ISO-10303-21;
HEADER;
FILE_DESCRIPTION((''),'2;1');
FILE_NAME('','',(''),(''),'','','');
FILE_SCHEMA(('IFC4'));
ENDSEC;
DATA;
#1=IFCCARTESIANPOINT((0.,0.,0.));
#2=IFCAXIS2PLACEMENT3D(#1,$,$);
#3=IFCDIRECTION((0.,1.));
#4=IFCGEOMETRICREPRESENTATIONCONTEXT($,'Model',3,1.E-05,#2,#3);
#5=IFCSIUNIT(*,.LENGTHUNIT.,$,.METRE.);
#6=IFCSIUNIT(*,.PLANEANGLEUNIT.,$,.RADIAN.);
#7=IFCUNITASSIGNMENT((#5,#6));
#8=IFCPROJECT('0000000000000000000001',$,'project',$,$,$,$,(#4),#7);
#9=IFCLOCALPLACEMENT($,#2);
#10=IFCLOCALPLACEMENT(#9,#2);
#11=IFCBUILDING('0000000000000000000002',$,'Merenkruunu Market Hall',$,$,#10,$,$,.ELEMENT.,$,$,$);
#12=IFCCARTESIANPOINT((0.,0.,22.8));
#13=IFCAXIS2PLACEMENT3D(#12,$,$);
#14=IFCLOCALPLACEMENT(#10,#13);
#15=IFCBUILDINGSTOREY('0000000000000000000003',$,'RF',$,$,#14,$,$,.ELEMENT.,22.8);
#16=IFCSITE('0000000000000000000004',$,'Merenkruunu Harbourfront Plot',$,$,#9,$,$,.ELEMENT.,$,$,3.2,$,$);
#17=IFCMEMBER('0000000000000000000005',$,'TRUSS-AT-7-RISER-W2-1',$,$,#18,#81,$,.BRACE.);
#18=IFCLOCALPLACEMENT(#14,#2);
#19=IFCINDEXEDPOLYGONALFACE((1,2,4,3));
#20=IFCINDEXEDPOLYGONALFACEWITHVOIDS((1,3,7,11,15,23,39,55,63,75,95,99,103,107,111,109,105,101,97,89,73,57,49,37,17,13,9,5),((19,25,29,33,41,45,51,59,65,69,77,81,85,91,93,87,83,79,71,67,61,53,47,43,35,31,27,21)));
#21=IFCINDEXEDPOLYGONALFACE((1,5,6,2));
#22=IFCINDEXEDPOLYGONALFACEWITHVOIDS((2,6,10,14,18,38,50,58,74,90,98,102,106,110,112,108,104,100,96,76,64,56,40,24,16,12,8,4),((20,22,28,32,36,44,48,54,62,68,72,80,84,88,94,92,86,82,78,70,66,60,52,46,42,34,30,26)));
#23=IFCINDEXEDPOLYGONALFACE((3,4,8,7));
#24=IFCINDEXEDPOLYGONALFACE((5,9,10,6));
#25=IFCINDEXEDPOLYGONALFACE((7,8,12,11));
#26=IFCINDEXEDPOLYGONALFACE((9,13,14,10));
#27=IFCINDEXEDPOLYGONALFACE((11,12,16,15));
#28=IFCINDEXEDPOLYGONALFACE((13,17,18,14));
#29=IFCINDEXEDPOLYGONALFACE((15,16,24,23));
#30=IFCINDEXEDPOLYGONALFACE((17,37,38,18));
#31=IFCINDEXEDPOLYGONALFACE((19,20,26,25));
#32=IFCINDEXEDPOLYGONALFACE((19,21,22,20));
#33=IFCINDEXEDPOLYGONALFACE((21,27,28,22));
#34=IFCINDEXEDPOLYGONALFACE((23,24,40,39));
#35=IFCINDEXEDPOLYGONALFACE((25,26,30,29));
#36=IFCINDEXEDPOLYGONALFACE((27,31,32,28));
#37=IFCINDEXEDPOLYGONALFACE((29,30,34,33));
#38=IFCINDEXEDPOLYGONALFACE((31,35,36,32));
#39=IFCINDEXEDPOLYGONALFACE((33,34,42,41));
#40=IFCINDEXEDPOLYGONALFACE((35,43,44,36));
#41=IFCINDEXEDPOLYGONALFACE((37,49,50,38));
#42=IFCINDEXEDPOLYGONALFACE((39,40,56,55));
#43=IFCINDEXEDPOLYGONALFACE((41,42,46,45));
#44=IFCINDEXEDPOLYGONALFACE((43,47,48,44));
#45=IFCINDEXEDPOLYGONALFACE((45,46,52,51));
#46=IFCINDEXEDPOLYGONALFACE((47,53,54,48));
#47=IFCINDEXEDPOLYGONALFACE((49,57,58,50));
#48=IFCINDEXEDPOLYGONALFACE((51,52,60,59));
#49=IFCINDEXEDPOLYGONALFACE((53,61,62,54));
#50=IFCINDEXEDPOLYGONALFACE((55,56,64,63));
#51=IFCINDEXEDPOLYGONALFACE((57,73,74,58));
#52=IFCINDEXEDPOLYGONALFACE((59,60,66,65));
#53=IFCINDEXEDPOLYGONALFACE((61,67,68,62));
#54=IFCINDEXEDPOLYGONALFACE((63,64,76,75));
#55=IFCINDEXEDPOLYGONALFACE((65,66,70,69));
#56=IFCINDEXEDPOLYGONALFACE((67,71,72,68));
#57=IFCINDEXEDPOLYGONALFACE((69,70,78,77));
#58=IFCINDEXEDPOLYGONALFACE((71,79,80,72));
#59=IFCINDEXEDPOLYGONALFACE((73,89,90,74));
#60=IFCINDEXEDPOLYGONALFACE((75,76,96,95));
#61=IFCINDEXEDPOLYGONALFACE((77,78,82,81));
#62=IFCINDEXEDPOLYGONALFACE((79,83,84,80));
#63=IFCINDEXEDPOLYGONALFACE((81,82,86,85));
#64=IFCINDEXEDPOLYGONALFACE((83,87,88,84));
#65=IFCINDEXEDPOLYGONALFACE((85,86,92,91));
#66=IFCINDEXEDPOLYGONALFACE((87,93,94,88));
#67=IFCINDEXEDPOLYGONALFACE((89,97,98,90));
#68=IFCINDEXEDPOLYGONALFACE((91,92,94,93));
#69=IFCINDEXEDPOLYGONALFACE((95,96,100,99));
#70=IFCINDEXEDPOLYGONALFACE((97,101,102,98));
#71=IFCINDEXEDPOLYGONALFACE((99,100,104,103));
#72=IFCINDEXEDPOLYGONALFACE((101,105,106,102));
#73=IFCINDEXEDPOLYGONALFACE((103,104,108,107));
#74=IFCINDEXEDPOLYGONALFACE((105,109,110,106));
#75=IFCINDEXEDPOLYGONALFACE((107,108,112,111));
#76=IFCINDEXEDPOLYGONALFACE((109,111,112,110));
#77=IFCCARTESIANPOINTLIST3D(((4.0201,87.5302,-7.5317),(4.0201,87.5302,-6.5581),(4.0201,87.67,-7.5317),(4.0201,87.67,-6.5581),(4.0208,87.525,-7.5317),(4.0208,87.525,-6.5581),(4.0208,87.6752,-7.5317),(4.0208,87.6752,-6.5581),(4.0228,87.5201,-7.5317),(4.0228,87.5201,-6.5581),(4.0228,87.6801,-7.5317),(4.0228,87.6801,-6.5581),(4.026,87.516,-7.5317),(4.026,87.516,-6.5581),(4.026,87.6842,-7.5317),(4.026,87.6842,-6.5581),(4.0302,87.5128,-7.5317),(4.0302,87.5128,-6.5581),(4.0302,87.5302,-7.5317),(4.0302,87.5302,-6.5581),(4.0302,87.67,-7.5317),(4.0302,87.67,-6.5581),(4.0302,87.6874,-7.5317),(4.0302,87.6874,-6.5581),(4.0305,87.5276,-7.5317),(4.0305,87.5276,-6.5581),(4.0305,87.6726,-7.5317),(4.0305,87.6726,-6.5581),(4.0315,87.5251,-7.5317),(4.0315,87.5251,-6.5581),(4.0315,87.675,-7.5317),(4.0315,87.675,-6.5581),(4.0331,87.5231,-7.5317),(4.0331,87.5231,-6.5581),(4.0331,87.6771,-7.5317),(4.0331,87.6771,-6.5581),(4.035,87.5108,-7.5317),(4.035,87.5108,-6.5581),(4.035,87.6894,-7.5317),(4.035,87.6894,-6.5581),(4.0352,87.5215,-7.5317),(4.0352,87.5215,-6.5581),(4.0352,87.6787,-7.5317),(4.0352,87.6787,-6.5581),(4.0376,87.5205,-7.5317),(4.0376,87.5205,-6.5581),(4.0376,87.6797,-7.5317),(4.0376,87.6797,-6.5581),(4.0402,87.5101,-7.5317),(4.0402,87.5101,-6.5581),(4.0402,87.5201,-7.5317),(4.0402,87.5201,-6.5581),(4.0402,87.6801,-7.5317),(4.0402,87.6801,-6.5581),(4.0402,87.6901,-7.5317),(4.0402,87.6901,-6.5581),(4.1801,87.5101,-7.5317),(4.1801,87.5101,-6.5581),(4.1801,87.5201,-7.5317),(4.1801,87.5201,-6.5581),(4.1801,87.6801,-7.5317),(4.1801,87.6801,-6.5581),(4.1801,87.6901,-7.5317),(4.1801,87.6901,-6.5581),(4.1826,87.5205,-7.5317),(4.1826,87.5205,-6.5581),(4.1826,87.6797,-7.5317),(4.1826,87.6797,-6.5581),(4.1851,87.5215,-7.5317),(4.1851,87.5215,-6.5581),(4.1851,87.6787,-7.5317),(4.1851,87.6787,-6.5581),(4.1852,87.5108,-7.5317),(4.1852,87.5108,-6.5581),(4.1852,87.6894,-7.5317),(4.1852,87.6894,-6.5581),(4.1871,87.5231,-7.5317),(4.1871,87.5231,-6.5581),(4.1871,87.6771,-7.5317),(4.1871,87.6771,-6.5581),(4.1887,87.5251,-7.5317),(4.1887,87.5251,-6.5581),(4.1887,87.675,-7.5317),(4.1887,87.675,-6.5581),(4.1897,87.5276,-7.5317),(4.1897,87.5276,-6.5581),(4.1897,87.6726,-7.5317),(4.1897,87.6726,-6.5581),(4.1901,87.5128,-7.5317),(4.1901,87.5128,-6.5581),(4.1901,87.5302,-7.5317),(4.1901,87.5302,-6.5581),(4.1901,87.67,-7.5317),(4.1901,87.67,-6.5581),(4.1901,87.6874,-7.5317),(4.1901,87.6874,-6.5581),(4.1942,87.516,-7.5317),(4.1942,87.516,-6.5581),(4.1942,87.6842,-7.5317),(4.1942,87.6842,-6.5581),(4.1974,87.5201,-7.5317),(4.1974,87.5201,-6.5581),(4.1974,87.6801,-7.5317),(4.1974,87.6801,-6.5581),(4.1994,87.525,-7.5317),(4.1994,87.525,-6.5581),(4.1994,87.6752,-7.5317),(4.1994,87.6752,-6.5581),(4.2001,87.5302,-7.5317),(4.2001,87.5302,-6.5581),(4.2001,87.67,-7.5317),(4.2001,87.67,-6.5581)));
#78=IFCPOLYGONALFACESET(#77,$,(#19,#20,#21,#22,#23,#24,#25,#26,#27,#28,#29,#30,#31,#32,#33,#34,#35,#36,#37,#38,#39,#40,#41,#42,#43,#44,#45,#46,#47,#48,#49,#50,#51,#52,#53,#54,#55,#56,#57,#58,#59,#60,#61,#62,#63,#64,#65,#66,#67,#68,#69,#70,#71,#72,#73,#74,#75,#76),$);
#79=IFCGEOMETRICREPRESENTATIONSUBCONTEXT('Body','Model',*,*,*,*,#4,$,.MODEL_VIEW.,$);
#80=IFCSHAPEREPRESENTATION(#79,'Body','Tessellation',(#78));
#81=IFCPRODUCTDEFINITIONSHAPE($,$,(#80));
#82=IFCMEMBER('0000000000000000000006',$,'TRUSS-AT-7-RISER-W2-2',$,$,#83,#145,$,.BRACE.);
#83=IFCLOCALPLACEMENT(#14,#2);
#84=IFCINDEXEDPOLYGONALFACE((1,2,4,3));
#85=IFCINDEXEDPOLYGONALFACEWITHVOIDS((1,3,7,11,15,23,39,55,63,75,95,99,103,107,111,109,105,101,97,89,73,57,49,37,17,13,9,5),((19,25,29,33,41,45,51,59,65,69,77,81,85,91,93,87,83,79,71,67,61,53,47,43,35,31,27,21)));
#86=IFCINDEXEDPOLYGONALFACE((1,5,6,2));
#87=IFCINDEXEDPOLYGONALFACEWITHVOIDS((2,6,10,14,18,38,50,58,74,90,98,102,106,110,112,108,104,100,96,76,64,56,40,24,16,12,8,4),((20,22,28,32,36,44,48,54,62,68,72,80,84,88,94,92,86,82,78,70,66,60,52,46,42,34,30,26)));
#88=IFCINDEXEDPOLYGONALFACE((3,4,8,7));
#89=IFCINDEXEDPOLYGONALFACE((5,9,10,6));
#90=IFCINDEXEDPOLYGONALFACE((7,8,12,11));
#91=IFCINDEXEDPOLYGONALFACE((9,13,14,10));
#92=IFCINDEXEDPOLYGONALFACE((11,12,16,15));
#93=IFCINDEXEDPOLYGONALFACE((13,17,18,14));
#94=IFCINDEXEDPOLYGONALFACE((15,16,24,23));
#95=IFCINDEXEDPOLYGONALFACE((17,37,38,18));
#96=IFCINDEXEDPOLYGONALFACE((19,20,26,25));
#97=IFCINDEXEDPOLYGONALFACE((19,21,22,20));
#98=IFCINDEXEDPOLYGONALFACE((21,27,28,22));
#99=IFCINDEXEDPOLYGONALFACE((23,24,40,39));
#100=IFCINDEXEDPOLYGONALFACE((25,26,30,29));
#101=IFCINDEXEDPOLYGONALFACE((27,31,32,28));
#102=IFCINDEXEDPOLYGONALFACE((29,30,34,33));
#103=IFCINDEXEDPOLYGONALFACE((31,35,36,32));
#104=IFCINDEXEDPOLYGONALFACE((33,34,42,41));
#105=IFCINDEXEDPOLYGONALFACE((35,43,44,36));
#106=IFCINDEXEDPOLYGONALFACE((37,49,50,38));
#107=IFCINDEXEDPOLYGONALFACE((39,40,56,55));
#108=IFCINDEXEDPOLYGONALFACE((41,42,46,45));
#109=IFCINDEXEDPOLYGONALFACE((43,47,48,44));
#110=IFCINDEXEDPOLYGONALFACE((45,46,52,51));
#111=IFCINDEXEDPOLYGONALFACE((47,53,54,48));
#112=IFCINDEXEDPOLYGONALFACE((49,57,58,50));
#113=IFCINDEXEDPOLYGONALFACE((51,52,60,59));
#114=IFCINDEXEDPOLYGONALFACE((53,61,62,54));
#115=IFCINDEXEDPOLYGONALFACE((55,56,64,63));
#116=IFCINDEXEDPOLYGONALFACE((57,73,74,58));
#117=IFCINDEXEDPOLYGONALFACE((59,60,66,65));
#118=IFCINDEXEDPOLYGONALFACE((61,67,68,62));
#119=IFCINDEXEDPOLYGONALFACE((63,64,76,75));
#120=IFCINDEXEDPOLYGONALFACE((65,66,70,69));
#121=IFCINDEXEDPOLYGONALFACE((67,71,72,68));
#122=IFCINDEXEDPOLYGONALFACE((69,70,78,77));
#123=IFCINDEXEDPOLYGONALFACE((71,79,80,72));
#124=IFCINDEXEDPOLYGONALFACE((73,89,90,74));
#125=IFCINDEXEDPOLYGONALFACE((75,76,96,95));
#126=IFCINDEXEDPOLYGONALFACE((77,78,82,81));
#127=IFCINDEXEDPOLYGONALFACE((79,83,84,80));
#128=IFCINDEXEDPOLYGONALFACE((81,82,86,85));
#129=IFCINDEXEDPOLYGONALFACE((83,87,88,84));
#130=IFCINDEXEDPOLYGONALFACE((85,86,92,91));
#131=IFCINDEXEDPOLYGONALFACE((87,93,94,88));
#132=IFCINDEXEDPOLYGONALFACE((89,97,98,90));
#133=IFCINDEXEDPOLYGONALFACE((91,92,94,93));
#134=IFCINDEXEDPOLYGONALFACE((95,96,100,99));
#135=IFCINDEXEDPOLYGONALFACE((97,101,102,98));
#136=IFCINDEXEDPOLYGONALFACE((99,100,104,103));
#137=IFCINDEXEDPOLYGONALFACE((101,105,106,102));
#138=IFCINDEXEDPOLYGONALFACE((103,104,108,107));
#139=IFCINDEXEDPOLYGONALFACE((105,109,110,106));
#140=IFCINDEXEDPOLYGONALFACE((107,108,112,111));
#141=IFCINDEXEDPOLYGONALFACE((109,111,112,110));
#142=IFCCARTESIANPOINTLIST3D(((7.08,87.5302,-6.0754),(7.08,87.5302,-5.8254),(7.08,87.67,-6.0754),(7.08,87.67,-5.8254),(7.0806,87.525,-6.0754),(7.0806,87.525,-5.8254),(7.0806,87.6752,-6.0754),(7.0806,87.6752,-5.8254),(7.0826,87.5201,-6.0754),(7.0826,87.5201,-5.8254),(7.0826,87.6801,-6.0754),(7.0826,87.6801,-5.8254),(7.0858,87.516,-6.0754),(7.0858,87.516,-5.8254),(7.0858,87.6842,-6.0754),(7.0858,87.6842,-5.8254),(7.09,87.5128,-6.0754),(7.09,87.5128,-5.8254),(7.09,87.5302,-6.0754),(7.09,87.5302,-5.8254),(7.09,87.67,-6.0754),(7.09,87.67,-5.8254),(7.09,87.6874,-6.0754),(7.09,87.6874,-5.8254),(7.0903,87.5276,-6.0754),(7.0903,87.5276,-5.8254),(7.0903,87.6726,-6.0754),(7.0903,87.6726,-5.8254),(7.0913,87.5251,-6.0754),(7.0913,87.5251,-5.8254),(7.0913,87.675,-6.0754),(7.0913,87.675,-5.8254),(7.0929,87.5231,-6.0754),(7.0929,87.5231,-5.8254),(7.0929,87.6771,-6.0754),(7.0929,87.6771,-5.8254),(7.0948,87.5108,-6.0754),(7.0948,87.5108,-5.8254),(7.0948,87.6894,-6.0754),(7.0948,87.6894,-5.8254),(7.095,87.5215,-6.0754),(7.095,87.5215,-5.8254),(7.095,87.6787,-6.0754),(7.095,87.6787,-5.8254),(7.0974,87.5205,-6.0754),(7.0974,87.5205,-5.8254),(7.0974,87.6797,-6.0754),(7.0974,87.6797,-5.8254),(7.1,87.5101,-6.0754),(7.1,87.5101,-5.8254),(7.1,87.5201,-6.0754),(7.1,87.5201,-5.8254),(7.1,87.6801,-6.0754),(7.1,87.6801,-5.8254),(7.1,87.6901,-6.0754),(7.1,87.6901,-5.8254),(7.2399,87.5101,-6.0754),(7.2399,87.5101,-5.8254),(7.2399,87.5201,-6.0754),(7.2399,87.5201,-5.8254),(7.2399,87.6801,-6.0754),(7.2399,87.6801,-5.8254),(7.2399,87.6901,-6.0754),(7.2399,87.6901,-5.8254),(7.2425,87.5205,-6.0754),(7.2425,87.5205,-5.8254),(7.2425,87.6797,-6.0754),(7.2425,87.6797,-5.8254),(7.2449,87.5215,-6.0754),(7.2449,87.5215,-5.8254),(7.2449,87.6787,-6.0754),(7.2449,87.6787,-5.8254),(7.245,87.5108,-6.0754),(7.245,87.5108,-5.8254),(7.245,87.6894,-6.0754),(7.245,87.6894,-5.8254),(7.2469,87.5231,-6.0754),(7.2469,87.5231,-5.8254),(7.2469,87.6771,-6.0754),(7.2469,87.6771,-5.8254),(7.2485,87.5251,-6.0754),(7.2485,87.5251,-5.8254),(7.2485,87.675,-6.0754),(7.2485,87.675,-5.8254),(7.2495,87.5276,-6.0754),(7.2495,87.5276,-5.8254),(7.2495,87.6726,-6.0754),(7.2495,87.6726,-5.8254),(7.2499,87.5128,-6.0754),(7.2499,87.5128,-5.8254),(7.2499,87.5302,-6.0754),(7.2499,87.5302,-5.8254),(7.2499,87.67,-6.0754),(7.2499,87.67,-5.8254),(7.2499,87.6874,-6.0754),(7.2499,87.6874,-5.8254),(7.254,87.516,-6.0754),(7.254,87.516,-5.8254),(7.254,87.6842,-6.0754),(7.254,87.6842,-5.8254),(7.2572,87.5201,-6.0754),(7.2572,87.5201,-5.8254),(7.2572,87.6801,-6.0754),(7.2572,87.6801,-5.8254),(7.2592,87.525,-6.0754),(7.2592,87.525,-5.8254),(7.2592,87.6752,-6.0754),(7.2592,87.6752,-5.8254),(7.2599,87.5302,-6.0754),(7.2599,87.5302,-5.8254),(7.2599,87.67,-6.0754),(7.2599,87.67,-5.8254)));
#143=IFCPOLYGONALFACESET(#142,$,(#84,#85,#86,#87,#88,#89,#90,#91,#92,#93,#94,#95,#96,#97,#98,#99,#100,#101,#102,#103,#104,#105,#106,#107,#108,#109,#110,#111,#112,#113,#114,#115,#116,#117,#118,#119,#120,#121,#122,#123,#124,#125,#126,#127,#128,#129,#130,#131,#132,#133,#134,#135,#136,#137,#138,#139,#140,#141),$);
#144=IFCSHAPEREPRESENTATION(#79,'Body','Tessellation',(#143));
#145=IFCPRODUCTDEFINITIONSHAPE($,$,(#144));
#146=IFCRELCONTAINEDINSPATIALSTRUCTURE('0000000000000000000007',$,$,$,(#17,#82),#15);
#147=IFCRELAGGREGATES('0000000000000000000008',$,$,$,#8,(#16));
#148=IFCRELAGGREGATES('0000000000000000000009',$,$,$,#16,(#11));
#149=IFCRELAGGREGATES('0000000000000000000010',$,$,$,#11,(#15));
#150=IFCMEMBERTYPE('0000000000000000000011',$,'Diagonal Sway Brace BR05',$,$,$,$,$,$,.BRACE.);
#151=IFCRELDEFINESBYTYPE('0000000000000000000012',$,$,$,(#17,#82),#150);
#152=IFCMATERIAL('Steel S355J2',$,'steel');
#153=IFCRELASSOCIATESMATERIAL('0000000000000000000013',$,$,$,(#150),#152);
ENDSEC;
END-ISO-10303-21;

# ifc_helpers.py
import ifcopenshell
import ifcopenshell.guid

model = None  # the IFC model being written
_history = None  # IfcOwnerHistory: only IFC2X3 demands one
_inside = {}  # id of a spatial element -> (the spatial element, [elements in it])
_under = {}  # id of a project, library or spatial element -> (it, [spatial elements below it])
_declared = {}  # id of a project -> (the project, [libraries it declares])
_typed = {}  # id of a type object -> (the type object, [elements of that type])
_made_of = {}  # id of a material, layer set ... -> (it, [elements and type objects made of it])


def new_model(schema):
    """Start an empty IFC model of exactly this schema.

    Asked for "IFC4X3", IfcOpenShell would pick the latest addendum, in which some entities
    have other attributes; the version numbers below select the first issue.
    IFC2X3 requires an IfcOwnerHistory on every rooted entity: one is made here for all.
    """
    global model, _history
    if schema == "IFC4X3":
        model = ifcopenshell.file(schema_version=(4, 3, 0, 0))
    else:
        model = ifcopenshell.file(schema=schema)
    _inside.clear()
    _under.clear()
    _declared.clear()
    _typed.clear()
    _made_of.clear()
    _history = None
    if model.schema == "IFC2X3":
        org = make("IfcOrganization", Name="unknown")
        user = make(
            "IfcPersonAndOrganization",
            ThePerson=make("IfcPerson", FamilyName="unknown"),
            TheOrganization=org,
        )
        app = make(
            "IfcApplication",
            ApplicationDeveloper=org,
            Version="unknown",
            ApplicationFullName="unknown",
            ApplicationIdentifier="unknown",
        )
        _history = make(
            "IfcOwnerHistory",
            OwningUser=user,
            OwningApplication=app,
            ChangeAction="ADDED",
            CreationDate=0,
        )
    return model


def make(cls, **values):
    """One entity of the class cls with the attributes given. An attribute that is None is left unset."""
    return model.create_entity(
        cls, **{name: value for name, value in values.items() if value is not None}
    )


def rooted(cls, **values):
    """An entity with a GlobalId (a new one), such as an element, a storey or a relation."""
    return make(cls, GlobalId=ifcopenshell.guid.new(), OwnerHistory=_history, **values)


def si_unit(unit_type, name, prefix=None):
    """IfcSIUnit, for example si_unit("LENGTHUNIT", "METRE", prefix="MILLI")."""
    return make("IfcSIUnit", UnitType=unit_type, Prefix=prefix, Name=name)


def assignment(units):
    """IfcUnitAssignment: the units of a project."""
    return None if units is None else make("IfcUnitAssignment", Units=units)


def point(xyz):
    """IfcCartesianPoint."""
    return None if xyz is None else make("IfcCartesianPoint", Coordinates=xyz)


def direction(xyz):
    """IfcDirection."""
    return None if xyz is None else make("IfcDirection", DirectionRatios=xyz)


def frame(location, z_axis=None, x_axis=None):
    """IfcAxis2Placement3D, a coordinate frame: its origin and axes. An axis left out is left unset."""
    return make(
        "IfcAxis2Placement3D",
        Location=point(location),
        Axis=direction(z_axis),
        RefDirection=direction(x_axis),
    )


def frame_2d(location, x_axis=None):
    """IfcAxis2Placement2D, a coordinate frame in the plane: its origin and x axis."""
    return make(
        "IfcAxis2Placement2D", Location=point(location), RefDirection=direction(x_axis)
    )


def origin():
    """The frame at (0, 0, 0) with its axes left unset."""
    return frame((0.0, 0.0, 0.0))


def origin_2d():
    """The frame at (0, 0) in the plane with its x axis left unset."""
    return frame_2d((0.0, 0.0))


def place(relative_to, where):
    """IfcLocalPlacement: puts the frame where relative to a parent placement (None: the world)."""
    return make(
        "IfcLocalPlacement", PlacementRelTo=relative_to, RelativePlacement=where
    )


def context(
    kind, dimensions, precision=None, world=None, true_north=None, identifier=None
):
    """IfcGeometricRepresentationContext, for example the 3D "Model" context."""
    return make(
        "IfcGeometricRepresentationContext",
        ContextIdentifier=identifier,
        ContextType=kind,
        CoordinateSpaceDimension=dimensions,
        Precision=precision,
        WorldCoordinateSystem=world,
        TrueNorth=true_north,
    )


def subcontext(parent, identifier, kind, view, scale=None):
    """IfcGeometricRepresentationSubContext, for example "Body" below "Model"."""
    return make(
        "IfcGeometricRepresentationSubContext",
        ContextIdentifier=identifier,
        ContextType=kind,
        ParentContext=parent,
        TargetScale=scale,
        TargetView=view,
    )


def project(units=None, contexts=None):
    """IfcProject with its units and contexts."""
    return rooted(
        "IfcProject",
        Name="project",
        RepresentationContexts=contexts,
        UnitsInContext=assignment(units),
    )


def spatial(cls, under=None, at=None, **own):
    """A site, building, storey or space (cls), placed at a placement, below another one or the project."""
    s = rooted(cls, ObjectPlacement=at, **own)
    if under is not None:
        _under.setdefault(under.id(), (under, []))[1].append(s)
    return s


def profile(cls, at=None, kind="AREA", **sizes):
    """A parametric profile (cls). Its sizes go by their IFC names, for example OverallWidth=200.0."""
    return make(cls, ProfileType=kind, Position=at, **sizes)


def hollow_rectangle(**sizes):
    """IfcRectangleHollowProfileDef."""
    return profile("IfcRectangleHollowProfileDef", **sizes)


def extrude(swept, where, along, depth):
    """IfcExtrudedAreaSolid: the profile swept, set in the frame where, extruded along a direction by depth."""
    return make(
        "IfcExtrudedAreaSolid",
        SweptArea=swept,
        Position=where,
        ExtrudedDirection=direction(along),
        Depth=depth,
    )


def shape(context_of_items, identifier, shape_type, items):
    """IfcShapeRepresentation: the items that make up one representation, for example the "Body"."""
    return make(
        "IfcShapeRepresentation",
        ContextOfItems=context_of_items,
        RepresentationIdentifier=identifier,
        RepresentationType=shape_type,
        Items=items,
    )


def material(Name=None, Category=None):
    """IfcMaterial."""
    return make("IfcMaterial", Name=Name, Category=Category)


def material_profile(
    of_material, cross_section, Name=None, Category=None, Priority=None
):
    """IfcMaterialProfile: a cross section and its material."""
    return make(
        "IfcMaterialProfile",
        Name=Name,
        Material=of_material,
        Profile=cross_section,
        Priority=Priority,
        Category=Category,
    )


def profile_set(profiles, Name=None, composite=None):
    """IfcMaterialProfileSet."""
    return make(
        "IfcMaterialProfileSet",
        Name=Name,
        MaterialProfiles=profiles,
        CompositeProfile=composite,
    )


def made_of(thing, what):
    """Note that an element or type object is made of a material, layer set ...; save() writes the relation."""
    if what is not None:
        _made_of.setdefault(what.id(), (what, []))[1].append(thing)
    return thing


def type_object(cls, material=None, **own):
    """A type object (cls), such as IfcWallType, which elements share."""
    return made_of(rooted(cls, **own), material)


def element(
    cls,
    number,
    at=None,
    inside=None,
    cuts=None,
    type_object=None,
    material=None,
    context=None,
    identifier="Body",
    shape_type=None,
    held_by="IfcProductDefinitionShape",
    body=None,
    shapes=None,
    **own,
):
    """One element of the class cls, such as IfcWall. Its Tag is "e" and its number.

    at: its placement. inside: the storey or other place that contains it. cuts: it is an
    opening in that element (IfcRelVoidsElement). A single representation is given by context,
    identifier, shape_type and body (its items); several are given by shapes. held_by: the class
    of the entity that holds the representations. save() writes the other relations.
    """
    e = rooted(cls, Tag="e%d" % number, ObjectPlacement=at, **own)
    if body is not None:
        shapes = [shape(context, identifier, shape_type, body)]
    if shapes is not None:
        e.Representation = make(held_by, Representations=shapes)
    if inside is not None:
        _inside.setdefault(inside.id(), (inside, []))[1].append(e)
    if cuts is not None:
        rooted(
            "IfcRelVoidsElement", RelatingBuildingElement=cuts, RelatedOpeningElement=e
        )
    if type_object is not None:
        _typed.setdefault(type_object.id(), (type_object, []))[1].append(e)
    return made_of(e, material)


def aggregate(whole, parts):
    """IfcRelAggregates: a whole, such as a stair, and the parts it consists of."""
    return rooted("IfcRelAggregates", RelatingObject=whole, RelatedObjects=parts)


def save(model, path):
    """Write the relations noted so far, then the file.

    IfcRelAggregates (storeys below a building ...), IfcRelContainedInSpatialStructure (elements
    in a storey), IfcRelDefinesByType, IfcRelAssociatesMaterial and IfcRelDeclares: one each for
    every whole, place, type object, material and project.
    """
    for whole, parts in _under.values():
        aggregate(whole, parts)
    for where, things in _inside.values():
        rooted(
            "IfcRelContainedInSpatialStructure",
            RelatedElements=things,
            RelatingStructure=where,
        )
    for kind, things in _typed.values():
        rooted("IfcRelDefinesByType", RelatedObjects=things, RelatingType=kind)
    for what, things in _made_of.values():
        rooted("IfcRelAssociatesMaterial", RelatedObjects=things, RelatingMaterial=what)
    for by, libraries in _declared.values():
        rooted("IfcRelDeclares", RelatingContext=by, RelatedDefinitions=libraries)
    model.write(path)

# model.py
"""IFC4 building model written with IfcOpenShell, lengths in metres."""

from ifc_helpers import new_model, si_unit, direction, frame, origin, origin_2d, place, context, subcontext, project, spatial, hollow_rectangle, extrude, material, material_profile, profile_set, type_object, element, save


model = new_model("IFC4")

# Units and contexts
model_context = context("Model", 3, precision=1e-05, world=origin(), true_north=direction((0.0, 1.0)))
body_context = subcontext(model_context, "Body", "Model", "MODEL_VIEW")
ifc_project = project(units=[si_unit("LENGTHUNIT", "METRE"), si_unit("PLANEANGLEUNIT", "RADIAN")], contexts=[model_context])

# Site, building, storey
site_placement = place(None, origin())
site = spatial("IfcSite", under=ifc_project, at=site_placement, Name="Merenkruunu Harbourfront Plot", CompositionType="ELEMENT", RefElevation=3.2)
building_placement = place(site_placement, origin())
building = spatial("IfcBuilding", under=site, at=building_placement, Name="Merenkruunu Market Hall", CompositionType="ELEMENT")
storey_placement = place(building_placement, frame((0.0, 0.0, 22.8)))
storey = spatial("IfcBuildingStorey", under=building, at=storey_placement, Name="RF", CompositionType="ELEMENT", Elevation=22.8)

# Members
ifc_material_1 = material(Name="Steel S355J2", Category="steel")
ifc_material_profile_1 = material_profile(ifc_material_1, hollow_rectangle(XDim=0.1799, YDim=0.1799, WallThickness=0.01, InnerFilletRadius=0.01, OuterFilletRadius=0.02, at=origin_2d()), Name="SHS 180x180x10")
ifc_profile_set_1 = profile_set([ifc_material_profile_1], Name="Steel S355J2")
member_type_1 = type_object("IfcMemberType", Name="Diagonal Sway Brace BR05", PredefinedType="BRACE", material=ifc_profile_set_1)
member_1_placement = place(storey_placement, frame((4.1101, 87.6001, -7.5317), z_axis=(0.0, 0.0, 1.0), x_axis=(1.0, 0.0, 0.0)))
element("IfcMember", 1, at=member_1_placement, inside=storey, type_object=member_type_1, Name="TRUSS-AT-7-RISER-W2-1", PredefinedType="BRACE", context=body_context, shape_type="SweptSolid", body=[
    extrude(hollow_rectangle(XDim=0.1799, YDim=0.1799, WallThickness=0.01, InnerFilletRadius=0.01, OuterFilletRadius=0.02, at=origin_2d()), origin(), (0.0, 0.0, 1.0), 0.9736),
])
member_2_placement = place(storey_placement, frame((7.1699, 87.6001, -6.0754), z_axis=(0.0, 0.0, 1.0), x_axis=(1.0, 0.0, 0.0)))
element("IfcMember", 2, at=member_2_placement, inside=storey, type_object=member_type_1, Name="TRUSS-AT-7-RISER-W2-2", PredefinedType="BRACE", context=body_context, shape_type="SweptSolid", body=[
    extrude(hollow_rectangle(XDim=0.1799, YDim=0.1799, WallThickness=0.01, InnerFilletRadius=0.01, OuterFilletRadius=0.02, at=origin_2d()), origin(), (0.0, 0.0, 1.0), 0.25),
])

save(model, "model.ifc")
